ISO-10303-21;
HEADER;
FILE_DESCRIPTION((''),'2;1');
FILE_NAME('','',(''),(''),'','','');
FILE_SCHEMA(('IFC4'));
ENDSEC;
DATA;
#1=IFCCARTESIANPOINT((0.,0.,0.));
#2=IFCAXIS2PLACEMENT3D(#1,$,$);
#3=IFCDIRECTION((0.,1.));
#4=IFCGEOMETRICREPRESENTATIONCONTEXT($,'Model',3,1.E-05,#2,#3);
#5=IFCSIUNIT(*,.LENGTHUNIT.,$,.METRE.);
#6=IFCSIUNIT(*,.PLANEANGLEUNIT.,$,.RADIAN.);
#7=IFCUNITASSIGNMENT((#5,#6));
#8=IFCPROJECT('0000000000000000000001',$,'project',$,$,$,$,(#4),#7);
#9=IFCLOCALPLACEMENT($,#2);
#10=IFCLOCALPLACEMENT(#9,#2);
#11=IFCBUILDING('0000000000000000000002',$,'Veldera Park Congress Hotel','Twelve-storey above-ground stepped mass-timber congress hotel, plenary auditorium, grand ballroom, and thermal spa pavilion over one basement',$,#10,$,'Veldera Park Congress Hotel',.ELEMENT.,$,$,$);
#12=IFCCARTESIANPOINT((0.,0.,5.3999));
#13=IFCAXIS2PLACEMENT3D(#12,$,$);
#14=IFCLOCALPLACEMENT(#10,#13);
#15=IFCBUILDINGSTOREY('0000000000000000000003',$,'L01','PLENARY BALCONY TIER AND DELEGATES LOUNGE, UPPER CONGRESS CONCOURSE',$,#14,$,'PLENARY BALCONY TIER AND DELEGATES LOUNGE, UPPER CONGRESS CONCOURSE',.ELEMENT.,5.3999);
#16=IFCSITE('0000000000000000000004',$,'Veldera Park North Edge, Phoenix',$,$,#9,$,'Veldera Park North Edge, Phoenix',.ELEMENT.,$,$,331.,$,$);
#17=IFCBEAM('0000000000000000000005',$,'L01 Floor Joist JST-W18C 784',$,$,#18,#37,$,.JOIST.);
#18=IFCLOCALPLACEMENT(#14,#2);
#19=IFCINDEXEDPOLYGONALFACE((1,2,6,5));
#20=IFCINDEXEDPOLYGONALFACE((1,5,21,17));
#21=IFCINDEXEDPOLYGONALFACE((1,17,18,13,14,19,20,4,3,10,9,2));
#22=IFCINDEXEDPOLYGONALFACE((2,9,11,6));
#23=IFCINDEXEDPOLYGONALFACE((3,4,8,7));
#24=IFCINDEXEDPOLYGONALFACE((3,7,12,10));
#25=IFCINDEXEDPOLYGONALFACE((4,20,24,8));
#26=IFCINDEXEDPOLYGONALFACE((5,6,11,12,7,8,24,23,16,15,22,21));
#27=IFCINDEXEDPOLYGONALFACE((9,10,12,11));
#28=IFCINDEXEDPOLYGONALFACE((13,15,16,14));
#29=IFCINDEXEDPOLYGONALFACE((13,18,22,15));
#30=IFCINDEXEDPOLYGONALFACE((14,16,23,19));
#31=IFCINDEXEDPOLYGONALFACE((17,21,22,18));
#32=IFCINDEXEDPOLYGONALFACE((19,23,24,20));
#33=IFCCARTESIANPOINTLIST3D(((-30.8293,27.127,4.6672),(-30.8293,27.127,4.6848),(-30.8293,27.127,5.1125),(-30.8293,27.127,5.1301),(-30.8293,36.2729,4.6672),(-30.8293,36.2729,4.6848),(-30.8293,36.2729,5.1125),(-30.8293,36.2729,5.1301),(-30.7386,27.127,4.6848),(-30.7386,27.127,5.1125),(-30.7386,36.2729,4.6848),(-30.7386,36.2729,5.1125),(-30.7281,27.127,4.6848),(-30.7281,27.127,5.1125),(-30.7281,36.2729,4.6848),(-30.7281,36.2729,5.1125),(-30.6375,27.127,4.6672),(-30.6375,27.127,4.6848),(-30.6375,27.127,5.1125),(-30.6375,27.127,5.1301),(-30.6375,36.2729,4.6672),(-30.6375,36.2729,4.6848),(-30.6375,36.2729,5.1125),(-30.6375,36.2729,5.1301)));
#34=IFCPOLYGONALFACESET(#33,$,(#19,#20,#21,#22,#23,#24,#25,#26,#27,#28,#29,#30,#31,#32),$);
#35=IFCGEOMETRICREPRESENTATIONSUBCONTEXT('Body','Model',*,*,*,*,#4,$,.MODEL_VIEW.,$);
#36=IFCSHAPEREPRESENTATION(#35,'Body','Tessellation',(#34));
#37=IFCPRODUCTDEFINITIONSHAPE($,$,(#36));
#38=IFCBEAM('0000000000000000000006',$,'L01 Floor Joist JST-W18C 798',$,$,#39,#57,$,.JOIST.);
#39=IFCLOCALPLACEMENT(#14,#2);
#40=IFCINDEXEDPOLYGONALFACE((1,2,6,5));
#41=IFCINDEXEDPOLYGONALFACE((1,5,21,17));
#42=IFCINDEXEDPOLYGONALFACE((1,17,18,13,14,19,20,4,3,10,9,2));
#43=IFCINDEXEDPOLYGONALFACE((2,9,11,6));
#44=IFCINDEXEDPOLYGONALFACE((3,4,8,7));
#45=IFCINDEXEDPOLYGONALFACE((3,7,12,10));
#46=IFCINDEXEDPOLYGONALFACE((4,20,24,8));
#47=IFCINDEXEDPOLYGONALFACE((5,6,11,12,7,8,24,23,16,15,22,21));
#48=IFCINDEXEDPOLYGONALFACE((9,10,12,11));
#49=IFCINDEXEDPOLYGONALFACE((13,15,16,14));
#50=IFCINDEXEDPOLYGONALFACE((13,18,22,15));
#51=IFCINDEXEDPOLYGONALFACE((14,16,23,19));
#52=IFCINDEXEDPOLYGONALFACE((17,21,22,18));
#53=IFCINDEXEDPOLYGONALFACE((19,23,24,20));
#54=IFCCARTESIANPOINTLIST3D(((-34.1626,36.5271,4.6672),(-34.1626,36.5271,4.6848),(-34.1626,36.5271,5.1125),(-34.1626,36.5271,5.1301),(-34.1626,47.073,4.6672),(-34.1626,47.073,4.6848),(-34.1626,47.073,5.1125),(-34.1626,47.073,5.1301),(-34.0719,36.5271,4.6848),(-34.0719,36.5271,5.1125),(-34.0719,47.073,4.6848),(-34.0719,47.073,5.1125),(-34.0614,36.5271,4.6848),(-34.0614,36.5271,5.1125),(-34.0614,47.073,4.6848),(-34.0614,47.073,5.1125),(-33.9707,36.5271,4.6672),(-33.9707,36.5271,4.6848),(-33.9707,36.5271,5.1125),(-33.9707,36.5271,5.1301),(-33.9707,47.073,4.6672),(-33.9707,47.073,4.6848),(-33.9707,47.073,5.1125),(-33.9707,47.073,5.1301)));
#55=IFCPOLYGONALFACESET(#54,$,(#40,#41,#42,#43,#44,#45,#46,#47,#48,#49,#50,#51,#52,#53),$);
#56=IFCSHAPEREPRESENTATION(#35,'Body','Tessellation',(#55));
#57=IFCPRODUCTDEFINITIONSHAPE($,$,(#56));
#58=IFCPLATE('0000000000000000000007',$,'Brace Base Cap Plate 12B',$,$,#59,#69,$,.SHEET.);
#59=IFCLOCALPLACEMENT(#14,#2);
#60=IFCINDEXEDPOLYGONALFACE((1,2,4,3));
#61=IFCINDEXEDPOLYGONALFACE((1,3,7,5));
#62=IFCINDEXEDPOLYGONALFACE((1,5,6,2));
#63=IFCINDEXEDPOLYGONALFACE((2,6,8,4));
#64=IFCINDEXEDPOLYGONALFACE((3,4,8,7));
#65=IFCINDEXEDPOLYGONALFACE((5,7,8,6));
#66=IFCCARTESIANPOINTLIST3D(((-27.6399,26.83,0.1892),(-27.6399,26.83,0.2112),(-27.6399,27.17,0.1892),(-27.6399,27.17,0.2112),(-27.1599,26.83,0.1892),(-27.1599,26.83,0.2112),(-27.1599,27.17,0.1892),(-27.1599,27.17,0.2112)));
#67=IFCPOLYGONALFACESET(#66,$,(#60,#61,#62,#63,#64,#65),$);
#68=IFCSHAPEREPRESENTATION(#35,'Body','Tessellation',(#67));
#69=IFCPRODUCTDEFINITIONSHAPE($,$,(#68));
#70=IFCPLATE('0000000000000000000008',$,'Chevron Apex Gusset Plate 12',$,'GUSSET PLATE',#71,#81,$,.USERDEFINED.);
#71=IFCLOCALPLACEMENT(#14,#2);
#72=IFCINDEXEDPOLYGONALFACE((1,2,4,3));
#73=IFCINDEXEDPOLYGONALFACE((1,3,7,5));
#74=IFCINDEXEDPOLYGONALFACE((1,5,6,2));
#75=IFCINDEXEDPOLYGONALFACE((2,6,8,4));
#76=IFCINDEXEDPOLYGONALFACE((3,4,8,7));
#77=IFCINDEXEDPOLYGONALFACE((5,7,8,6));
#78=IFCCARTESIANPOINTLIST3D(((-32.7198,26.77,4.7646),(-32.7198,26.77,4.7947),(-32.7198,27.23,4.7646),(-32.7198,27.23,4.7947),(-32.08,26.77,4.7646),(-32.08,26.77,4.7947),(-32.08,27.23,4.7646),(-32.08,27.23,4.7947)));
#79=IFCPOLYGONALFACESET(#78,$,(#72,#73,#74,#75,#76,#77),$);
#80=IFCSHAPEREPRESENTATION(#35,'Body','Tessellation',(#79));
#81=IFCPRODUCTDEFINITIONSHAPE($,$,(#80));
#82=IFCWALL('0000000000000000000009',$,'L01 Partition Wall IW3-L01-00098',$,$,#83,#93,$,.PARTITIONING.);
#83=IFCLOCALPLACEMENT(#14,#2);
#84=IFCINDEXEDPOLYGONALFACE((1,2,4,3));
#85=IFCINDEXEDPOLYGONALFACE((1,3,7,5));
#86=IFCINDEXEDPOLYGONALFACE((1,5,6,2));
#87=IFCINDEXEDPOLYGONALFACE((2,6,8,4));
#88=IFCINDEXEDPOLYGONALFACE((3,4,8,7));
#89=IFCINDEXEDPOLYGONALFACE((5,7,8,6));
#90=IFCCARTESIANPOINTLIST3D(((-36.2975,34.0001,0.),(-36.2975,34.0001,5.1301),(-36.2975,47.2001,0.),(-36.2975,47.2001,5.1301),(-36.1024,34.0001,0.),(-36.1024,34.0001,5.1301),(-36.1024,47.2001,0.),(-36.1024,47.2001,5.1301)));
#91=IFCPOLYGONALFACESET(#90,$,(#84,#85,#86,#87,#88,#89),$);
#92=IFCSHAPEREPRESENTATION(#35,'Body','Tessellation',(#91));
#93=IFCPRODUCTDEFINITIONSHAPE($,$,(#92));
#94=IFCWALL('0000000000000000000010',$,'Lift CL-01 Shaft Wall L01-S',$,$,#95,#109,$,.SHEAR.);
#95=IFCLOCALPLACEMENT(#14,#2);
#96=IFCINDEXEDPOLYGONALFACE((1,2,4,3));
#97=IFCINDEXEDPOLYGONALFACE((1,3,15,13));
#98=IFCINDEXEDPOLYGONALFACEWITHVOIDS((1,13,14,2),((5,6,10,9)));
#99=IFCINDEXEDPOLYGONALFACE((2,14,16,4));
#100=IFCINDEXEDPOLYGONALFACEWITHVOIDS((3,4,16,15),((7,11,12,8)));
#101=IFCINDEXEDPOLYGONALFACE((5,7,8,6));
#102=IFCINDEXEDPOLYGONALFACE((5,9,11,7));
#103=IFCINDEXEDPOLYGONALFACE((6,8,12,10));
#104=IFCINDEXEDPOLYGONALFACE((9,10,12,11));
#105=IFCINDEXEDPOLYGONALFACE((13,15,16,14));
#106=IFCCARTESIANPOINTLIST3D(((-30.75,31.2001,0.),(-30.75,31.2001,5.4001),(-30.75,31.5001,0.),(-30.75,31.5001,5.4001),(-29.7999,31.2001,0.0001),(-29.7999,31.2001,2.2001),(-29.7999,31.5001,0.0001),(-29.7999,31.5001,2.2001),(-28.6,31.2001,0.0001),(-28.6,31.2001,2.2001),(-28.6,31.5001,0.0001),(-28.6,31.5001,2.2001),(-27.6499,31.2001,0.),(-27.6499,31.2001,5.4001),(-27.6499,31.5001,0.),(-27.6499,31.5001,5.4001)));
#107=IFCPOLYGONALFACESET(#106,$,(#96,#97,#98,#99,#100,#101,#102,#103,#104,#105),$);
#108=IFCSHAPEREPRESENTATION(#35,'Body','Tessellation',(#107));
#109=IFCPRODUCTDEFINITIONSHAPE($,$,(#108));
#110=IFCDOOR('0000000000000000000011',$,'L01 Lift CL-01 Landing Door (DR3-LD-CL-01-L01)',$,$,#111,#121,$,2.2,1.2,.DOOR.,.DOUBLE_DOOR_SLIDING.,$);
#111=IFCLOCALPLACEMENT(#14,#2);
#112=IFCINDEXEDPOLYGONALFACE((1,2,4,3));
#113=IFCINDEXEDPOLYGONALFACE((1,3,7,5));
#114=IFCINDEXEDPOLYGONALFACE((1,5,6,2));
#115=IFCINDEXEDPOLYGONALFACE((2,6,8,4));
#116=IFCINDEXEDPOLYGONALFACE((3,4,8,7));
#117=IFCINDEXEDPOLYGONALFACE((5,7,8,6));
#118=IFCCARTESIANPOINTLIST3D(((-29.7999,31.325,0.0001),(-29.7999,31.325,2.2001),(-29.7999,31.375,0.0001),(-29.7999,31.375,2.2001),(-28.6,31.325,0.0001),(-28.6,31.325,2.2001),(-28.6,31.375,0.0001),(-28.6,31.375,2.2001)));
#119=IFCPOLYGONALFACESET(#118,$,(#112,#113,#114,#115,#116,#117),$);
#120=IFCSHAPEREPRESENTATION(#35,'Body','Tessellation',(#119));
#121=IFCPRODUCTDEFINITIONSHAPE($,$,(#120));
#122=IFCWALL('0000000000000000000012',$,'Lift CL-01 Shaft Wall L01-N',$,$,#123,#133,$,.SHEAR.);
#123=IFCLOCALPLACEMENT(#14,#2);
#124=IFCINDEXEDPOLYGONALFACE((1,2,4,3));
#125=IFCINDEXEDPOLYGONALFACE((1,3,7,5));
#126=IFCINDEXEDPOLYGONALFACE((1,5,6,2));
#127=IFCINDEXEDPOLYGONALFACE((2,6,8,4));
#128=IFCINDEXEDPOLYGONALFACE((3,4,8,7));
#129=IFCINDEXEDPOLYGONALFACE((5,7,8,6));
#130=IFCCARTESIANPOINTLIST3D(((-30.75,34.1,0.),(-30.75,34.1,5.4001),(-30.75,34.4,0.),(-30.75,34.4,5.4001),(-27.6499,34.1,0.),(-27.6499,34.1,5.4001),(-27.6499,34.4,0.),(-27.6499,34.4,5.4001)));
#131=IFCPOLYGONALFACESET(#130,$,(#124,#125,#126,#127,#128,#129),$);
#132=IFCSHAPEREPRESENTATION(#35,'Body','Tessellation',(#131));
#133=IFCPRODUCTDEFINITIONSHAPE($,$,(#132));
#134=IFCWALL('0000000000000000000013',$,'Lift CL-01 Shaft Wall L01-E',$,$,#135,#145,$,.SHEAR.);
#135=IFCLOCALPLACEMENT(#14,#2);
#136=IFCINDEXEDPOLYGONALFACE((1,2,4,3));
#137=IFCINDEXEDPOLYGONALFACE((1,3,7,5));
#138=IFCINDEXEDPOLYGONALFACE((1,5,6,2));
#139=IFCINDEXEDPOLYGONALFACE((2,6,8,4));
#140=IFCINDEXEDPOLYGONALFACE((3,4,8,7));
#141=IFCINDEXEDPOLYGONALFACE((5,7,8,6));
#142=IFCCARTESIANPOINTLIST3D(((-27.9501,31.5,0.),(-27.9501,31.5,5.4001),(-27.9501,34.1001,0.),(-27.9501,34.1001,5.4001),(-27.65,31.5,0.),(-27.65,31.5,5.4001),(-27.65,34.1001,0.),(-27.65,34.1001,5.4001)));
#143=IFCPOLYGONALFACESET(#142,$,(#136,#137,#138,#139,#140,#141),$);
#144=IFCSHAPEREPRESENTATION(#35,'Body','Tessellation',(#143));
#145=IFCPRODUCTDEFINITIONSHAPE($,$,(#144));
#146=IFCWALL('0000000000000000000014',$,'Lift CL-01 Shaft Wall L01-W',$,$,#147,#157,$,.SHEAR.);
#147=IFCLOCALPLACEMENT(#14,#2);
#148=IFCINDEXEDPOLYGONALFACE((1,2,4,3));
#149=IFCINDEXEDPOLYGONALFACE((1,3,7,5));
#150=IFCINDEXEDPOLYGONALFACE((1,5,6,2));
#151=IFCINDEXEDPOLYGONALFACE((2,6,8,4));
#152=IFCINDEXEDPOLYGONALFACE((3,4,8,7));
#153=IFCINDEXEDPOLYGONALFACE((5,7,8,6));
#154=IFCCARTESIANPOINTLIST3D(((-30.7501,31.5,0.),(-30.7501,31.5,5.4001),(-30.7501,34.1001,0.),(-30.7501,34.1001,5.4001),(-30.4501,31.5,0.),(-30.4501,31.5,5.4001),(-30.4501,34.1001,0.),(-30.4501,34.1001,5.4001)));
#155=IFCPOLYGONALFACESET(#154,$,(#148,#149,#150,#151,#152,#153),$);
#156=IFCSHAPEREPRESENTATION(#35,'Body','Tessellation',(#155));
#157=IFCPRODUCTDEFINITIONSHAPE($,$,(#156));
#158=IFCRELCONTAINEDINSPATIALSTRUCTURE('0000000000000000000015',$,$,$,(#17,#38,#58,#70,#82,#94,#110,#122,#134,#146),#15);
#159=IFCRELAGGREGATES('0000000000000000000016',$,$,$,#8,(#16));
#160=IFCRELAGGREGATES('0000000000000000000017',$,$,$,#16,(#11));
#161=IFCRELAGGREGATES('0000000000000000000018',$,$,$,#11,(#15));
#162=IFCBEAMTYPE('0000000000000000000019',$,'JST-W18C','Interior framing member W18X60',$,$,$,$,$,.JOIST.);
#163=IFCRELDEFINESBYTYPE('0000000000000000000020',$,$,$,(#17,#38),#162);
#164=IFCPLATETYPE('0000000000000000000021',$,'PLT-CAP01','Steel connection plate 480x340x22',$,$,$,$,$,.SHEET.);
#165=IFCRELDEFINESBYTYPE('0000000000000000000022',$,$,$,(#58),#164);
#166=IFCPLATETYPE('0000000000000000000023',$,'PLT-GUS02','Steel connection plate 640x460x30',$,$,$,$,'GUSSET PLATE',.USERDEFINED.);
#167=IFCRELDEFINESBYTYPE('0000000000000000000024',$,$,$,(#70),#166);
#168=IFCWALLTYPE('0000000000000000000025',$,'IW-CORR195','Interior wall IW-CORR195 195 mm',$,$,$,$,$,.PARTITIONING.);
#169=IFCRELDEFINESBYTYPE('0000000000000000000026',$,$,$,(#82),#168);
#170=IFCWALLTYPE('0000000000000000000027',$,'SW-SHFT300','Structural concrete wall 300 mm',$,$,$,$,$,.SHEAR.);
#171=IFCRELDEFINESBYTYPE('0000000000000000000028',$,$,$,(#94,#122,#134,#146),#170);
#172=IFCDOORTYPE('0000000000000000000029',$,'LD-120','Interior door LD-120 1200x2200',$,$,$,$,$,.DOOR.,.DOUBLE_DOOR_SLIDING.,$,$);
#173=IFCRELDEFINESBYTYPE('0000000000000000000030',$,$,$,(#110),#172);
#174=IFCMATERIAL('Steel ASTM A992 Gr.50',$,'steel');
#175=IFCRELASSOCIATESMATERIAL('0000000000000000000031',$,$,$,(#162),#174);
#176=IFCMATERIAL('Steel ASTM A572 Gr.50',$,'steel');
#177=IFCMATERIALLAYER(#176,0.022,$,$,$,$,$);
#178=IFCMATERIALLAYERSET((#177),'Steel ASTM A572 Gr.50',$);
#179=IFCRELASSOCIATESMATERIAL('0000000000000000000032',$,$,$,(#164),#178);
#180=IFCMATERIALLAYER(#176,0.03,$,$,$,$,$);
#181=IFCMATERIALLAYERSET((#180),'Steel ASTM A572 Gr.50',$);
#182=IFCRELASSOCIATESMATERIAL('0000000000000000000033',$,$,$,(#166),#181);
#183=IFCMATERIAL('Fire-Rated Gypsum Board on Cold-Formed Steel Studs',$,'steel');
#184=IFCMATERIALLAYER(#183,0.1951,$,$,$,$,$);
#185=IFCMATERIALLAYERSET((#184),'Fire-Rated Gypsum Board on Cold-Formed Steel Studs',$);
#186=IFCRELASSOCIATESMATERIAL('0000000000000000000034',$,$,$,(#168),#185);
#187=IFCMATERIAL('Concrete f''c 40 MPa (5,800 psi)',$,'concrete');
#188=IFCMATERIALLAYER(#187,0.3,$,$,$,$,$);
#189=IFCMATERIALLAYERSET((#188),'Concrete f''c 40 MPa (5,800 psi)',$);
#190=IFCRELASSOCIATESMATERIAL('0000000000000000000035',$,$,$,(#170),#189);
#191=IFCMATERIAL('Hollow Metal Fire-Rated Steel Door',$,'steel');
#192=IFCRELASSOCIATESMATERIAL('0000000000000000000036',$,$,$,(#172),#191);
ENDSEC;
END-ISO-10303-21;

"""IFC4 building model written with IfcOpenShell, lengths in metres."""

from ifc_helpers import new_model, si_unit, direction, frame, frame_2d, origin, origin_2d, place, context, subcontext, project, spatial, rectangle, i_section, extrude, material, layer, layer_set, material_profile, profile_set, type_object, element, fill, save


model = new_model("IFC4")

# Units and contexts
model_context = context("Model", 3, precision=1e-05, world=origin(), true_north=direction((0.0, 1.0)))
body_context = subcontext(model_context, "Body", "Model", "MODEL_VIEW")
ifc_project = project(units=[si_unit("LENGTHUNIT", "METRE"), si_unit("PLANEANGLEUNIT", "RADIAN")], contexts=[model_context])

# Site, building, storey
site_placement = place(None, origin())
site = spatial("IfcSite", under=ifc_project, at=site_placement, Name="Veldera Park North Edge, Phoenix", LongName="Veldera Park North Edge, Phoenix", CompositionType="ELEMENT", RefElevation=331.0)
building_placement = place(site_placement, origin())
building = spatial("IfcBuilding", under=site, at=building_placement, Name="Veldera Park Congress Hotel", Description="Twelve-storey above-ground stepped mass-timber congress hotel, plenary auditorium, grand ballroom, and thermal spa pavilion over one basement", LongName="Veldera Park Congress Hotel", CompositionType="ELEMENT")
storey_placement = place(building_placement, frame((0.0, 0.0, 5.3999)))
storey = spatial("IfcBuildingStorey", under=building, at=storey_placement, Name="L01", Description="PLENARY BALCONY TIER AND DELEGATES LOUNGE, UPPER CONGRESS CONCOURSE", LongName="PLENARY BALCONY TIER AND DELEGATES LOUNGE, UPPER CONGRESS CONCOURSE", CompositionType="ELEMENT", Elevation=5.3999)

# Shared definitions
ifc_material_1 = material(Name="Steel ASTM A992 Gr.50", Category="steel")

# Beams
ifc_material_profile_1 = material_profile(ifc_material_1, i_section(OverallWidth=0.1919, OverallDepth=0.4629, WebThickness=0.0105, FlangeThickness=0.0176, at=origin_2d()), Name="W18X60")
ifc_profile_set_1 = profile_set([ifc_material_profile_1], Name="Steel ASTM A992 Gr.50")
beam_type_1 = type_object("IfcBeamType", Name="JST-W18C", Description="Interior framing member W18X60", PredefinedType="JOIST", material=ifc_profile_set_1)
for number, where, z_axis, x_axis, name in (
    (1, (-30.7334, 27.127, 4.8987), (0.0, 1.0, 0.0), (-1.0, 0.0, 0.0), "L01 Floor Joist JST-W18C 784"),
):
    element("IfcBeam", number, at=place(storey_placement, frame(where, z_axis=z_axis, x_axis=x_axis)), inside=storey, type_object=beam_type_1, Name=name, PredefinedType="JOIST", context=body_context, shape_type="SweptSolid", body=[
        extrude(i_section(OverallWidth=0.1919, OverallDepth=0.4629, WebThickness=0.0105, FlangeThickness=0.0176, at=origin_2d()), origin(), (0.0, 0.0, 1.0), 9.146),
    ])
beam_1_placement = place(storey_placement, frame((-34.0667, 36.5271, 4.8987), z_axis=(0.0, 1.0, 0.0), x_axis=(-1.0, 0.0, 0.0)))
element("IfcBeam", 2, at=beam_1_placement, inside=storey, type_object=beam_type_1, Name="L01 Floor Joist JST-W18C 798", PredefinedType="JOIST", context=body_context, shape_type="SweptSolid", body=[
    extrude(i_section(OverallWidth=0.1919, OverallDepth=0.4629, WebThickness=0.0105, FlangeThickness=0.0176, at=origin_2d()), origin(), (0.0, 0.0, 1.0), 10.5459),
])

# Plates
ifc_material_2 = material(Name="Steel ASTM A572 Gr.50", Category="steel")
ifc_layer_1 = layer(ifc_material_2, 0.022)
ifc_layer_set_1 = layer_set([ifc_layer_1], Name="Steel ASTM A572 Gr.50")
plate_type_1 = type_object("IfcPlateType", Name="PLT-CAP01", Description="Steel connection plate 480x340x22", PredefinedType="SHEET", material=ifc_layer_set_1)
plate_1_placement = place(storey_placement, frame((-27.3999, 27.0, 0.1892), z_axis=(0.0, 0.0, 1.0), x_axis=(1.0, 0.0, 0.0)))
element("IfcPlate", 3, at=plate_1_placement, inside=storey, type_object=plate_type_1, Name="Brace Base Cap Plate 12B", PredefinedType="SHEET", context=body_context, shape_type="SweptSolid", body=[
    extrude(rectangle(XDim=0.48, YDim=0.3401, at=origin_2d()), origin(), (0.0, 0.0, 1.0), 0.022),
])
ifc_layer_2 = layer(ifc_material_2, 0.03)
ifc_layer_set_2 = layer_set([ifc_layer_2], Name="Steel ASTM A572 Gr.50")
plate_type_2 = type_object("IfcPlateType", Name="PLT-GUS02", Description="Steel connection plate 640x460x30", ElementType="GUSSET PLATE", PredefinedType="USERDEFINED", material=ifc_layer_set_2)
plate_2_placement = place(storey_placement, frame((-32.3999, 27.0, 4.7646), z_axis=(0.0, 0.0, 1.0), x_axis=(1.0, 0.0, 0.0)))
element("IfcPlate", 4, at=plate_2_placement, inside=storey, type_object=plate_type_2, Name="Chevron Apex Gusset Plate 12", ObjectType="GUSSET PLATE", PredefinedType="USERDEFINED", context=body_context, shape_type="SweptSolid", body=[
    extrude(rectangle(XDim=0.6399, YDim=0.46, at=origin_2d()), origin(), (0.0, 0.0, 1.0), 0.03),
])

# Wall
ifc_material_3 = material(Name="Fire-Rated Gypsum Board on Cold-Formed Steel Studs", Category="steel")
ifc_layer_3 = layer(ifc_material_3, 0.1951)
ifc_layer_set_3 = layer_set([ifc_layer_3], Name="Fire-Rated Gypsum Board on Cold-Formed Steel Studs")
wall_type_1 = type_object("IfcWallType", Name="IW-CORR195", Description="Interior wall IW-CORR195 195 mm", PredefinedType="PARTITIONING", material=ifc_layer_set_3)
wall_1_placement = place(storey_placement, frame((-36.2, 34.0, 0.0), z_axis=(0.0, 0.0, 1.0), x_axis=(0.0, 1.0, 0.0)))
element("IfcWall", 5, at=wall_1_placement, inside=storey, type_object=wall_type_1, Name="L01 Partition Wall IW3-L01-00098", PredefinedType="PARTITIONING", context=body_context, shape_type="SweptSolid", body=[
    extrude(rectangle(XDim=13.2, YDim=0.1951, at=frame_2d((6.6001, 0.0))), origin(), (0.0, 0.0, 1.0), 5.1301),
])

# Wall, opening, door
ifc_material_4 = material(Name="Concrete f'c 40 MPa (5,800 psi)", Category="concrete")
ifc_layer_4 = layer(ifc_material_4, 0.3)
ifc_layer_set_4 = layer_set([ifc_layer_4], Name="Concrete f'c 40 MPa (5,800 psi)")
wall_type_2 = type_object("IfcWallType", Name="SW-SHFT300", Description="Structural concrete wall 300 mm", PredefinedType="SHEAR", material=ifc_layer_set_4)
wall_2_placement = place(storey_placement, frame((-30.75, 31.3501, 0.0), z_axis=(0.0, 0.0, 1.0), x_axis=(1.0, 0.0, 0.0)))
wall_2 = element("IfcWall", 6, at=wall_2_placement, inside=storey, type_object=wall_type_2, Name="Lift CL-01 Shaft Wall L01-S", PredefinedType="SHEAR", context=body_context, shape_type="SweptSolid", body=[
    extrude(rectangle(XDim=3.1001, YDim=0.3, at=frame_2d((1.55, 0.0))), origin(), (0.0, 0.0, 1.0), 5.4001),
])
opening_1_placement = place(wall_2_placement, frame((0.95, 0.0, 0.0)))
opening_1 = element("IfcOpeningElement", 7, at=opening_1_placement, cuts=wall_2, PredefinedType="OPENING", context=body_context, shape_type="SweptSolid", body=[
    extrude(rectangle(XDim=1.2, YDim=2.2, at=frame_2d((0.6001, 1.1001))), frame((0.0, 0.1621, 0.0), z_axis=(0.0, -1.0, 0.0), x_axis=(1.0, 0.0, 0.0)), (0.0, 0.0, 1.0), 0.324),
])
ifc_material_5 = material(Name="Hollow Metal Fire-Rated Steel Door", Category="steel")
door_type = type_object("IfcDoorType", Name="LD-120", Description="Interior door LD-120 1200x2200", OperationType="DOUBLE_DOOR_SLIDING", PredefinedType="DOOR", material=ifc_material_5)
door_1_placement = place(opening_1_placement, origin())
door_1 = element("IfcDoor", 8, at=door_1_placement, inside=storey, type_object=door_type, Name="L01 Lift CL-01 Landing Door (DR3-LD-CL-01-L01)", OperationType="DOUBLE_DOOR_SLIDING", OverallHeight=2.2, OverallWidth=1.2, PredefinedType="DOOR", context=body_context, shape_type="SweptSolid", body=[
    extrude(rectangle(XDim=1.2, YDim=2.2, at=frame_2d((0.6001, 1.1001))), frame((0.0, 0.0249, 0.0), z_axis=(0.0, -1.0, 0.0), x_axis=(1.0, 0.0, 0.0)), (0.0, 0.0, 1.0), 0.05),
])
fill(opening_1, door_1)

# Walls
wall_3_placement = place(storey_placement, frame((-27.6499, 34.25, 0.0), z_axis=(0.0, 0.0, 1.0), x_axis=(-1.0, 0.0, 0.0)))
element("IfcWall", 9, at=wall_3_placement, inside=storey, type_object=wall_type_2, Name="Lift CL-01 Shaft Wall L01-N", PredefinedType="SHEAR", context=body_context, shape_type="SweptSolid", body=[
    extrude(rectangle(XDim=3.1001, YDim=0.3, at=frame_2d((1.55, 0.0))), origin(), (0.0, 0.0, 1.0), 5.4001),
])
for number, where, z_axis, x_axis, name in (
    (10, (-27.8, 31.5, 0.0), (0.0, 0.0, 1.0), (0.0, 1.0, 0.0), "Lift CL-01 Shaft Wall L01-E"),
    (11, (-30.6001, 34.1001, 0.0), (0.0, 0.0, 1.0), (0.0, -1.0, 0.0), "Lift CL-01 Shaft Wall L01-W"),
):
    element("IfcWall", number, at=place(storey_placement, frame(where, z_axis=z_axis, x_axis=x_axis)), inside=storey, type_object=wall_type_2, Name=name, PredefinedType="SHEAR", context=body_context, shape_type="SweptSolid", body=[
        extrude(rectangle(XDim=2.6001, YDim=0.3, at=frame_2d((1.3, 0.0))), origin(), (0.0, 0.0, 1.0), 5.4001),
    ])

save(model, "model.ifc")
